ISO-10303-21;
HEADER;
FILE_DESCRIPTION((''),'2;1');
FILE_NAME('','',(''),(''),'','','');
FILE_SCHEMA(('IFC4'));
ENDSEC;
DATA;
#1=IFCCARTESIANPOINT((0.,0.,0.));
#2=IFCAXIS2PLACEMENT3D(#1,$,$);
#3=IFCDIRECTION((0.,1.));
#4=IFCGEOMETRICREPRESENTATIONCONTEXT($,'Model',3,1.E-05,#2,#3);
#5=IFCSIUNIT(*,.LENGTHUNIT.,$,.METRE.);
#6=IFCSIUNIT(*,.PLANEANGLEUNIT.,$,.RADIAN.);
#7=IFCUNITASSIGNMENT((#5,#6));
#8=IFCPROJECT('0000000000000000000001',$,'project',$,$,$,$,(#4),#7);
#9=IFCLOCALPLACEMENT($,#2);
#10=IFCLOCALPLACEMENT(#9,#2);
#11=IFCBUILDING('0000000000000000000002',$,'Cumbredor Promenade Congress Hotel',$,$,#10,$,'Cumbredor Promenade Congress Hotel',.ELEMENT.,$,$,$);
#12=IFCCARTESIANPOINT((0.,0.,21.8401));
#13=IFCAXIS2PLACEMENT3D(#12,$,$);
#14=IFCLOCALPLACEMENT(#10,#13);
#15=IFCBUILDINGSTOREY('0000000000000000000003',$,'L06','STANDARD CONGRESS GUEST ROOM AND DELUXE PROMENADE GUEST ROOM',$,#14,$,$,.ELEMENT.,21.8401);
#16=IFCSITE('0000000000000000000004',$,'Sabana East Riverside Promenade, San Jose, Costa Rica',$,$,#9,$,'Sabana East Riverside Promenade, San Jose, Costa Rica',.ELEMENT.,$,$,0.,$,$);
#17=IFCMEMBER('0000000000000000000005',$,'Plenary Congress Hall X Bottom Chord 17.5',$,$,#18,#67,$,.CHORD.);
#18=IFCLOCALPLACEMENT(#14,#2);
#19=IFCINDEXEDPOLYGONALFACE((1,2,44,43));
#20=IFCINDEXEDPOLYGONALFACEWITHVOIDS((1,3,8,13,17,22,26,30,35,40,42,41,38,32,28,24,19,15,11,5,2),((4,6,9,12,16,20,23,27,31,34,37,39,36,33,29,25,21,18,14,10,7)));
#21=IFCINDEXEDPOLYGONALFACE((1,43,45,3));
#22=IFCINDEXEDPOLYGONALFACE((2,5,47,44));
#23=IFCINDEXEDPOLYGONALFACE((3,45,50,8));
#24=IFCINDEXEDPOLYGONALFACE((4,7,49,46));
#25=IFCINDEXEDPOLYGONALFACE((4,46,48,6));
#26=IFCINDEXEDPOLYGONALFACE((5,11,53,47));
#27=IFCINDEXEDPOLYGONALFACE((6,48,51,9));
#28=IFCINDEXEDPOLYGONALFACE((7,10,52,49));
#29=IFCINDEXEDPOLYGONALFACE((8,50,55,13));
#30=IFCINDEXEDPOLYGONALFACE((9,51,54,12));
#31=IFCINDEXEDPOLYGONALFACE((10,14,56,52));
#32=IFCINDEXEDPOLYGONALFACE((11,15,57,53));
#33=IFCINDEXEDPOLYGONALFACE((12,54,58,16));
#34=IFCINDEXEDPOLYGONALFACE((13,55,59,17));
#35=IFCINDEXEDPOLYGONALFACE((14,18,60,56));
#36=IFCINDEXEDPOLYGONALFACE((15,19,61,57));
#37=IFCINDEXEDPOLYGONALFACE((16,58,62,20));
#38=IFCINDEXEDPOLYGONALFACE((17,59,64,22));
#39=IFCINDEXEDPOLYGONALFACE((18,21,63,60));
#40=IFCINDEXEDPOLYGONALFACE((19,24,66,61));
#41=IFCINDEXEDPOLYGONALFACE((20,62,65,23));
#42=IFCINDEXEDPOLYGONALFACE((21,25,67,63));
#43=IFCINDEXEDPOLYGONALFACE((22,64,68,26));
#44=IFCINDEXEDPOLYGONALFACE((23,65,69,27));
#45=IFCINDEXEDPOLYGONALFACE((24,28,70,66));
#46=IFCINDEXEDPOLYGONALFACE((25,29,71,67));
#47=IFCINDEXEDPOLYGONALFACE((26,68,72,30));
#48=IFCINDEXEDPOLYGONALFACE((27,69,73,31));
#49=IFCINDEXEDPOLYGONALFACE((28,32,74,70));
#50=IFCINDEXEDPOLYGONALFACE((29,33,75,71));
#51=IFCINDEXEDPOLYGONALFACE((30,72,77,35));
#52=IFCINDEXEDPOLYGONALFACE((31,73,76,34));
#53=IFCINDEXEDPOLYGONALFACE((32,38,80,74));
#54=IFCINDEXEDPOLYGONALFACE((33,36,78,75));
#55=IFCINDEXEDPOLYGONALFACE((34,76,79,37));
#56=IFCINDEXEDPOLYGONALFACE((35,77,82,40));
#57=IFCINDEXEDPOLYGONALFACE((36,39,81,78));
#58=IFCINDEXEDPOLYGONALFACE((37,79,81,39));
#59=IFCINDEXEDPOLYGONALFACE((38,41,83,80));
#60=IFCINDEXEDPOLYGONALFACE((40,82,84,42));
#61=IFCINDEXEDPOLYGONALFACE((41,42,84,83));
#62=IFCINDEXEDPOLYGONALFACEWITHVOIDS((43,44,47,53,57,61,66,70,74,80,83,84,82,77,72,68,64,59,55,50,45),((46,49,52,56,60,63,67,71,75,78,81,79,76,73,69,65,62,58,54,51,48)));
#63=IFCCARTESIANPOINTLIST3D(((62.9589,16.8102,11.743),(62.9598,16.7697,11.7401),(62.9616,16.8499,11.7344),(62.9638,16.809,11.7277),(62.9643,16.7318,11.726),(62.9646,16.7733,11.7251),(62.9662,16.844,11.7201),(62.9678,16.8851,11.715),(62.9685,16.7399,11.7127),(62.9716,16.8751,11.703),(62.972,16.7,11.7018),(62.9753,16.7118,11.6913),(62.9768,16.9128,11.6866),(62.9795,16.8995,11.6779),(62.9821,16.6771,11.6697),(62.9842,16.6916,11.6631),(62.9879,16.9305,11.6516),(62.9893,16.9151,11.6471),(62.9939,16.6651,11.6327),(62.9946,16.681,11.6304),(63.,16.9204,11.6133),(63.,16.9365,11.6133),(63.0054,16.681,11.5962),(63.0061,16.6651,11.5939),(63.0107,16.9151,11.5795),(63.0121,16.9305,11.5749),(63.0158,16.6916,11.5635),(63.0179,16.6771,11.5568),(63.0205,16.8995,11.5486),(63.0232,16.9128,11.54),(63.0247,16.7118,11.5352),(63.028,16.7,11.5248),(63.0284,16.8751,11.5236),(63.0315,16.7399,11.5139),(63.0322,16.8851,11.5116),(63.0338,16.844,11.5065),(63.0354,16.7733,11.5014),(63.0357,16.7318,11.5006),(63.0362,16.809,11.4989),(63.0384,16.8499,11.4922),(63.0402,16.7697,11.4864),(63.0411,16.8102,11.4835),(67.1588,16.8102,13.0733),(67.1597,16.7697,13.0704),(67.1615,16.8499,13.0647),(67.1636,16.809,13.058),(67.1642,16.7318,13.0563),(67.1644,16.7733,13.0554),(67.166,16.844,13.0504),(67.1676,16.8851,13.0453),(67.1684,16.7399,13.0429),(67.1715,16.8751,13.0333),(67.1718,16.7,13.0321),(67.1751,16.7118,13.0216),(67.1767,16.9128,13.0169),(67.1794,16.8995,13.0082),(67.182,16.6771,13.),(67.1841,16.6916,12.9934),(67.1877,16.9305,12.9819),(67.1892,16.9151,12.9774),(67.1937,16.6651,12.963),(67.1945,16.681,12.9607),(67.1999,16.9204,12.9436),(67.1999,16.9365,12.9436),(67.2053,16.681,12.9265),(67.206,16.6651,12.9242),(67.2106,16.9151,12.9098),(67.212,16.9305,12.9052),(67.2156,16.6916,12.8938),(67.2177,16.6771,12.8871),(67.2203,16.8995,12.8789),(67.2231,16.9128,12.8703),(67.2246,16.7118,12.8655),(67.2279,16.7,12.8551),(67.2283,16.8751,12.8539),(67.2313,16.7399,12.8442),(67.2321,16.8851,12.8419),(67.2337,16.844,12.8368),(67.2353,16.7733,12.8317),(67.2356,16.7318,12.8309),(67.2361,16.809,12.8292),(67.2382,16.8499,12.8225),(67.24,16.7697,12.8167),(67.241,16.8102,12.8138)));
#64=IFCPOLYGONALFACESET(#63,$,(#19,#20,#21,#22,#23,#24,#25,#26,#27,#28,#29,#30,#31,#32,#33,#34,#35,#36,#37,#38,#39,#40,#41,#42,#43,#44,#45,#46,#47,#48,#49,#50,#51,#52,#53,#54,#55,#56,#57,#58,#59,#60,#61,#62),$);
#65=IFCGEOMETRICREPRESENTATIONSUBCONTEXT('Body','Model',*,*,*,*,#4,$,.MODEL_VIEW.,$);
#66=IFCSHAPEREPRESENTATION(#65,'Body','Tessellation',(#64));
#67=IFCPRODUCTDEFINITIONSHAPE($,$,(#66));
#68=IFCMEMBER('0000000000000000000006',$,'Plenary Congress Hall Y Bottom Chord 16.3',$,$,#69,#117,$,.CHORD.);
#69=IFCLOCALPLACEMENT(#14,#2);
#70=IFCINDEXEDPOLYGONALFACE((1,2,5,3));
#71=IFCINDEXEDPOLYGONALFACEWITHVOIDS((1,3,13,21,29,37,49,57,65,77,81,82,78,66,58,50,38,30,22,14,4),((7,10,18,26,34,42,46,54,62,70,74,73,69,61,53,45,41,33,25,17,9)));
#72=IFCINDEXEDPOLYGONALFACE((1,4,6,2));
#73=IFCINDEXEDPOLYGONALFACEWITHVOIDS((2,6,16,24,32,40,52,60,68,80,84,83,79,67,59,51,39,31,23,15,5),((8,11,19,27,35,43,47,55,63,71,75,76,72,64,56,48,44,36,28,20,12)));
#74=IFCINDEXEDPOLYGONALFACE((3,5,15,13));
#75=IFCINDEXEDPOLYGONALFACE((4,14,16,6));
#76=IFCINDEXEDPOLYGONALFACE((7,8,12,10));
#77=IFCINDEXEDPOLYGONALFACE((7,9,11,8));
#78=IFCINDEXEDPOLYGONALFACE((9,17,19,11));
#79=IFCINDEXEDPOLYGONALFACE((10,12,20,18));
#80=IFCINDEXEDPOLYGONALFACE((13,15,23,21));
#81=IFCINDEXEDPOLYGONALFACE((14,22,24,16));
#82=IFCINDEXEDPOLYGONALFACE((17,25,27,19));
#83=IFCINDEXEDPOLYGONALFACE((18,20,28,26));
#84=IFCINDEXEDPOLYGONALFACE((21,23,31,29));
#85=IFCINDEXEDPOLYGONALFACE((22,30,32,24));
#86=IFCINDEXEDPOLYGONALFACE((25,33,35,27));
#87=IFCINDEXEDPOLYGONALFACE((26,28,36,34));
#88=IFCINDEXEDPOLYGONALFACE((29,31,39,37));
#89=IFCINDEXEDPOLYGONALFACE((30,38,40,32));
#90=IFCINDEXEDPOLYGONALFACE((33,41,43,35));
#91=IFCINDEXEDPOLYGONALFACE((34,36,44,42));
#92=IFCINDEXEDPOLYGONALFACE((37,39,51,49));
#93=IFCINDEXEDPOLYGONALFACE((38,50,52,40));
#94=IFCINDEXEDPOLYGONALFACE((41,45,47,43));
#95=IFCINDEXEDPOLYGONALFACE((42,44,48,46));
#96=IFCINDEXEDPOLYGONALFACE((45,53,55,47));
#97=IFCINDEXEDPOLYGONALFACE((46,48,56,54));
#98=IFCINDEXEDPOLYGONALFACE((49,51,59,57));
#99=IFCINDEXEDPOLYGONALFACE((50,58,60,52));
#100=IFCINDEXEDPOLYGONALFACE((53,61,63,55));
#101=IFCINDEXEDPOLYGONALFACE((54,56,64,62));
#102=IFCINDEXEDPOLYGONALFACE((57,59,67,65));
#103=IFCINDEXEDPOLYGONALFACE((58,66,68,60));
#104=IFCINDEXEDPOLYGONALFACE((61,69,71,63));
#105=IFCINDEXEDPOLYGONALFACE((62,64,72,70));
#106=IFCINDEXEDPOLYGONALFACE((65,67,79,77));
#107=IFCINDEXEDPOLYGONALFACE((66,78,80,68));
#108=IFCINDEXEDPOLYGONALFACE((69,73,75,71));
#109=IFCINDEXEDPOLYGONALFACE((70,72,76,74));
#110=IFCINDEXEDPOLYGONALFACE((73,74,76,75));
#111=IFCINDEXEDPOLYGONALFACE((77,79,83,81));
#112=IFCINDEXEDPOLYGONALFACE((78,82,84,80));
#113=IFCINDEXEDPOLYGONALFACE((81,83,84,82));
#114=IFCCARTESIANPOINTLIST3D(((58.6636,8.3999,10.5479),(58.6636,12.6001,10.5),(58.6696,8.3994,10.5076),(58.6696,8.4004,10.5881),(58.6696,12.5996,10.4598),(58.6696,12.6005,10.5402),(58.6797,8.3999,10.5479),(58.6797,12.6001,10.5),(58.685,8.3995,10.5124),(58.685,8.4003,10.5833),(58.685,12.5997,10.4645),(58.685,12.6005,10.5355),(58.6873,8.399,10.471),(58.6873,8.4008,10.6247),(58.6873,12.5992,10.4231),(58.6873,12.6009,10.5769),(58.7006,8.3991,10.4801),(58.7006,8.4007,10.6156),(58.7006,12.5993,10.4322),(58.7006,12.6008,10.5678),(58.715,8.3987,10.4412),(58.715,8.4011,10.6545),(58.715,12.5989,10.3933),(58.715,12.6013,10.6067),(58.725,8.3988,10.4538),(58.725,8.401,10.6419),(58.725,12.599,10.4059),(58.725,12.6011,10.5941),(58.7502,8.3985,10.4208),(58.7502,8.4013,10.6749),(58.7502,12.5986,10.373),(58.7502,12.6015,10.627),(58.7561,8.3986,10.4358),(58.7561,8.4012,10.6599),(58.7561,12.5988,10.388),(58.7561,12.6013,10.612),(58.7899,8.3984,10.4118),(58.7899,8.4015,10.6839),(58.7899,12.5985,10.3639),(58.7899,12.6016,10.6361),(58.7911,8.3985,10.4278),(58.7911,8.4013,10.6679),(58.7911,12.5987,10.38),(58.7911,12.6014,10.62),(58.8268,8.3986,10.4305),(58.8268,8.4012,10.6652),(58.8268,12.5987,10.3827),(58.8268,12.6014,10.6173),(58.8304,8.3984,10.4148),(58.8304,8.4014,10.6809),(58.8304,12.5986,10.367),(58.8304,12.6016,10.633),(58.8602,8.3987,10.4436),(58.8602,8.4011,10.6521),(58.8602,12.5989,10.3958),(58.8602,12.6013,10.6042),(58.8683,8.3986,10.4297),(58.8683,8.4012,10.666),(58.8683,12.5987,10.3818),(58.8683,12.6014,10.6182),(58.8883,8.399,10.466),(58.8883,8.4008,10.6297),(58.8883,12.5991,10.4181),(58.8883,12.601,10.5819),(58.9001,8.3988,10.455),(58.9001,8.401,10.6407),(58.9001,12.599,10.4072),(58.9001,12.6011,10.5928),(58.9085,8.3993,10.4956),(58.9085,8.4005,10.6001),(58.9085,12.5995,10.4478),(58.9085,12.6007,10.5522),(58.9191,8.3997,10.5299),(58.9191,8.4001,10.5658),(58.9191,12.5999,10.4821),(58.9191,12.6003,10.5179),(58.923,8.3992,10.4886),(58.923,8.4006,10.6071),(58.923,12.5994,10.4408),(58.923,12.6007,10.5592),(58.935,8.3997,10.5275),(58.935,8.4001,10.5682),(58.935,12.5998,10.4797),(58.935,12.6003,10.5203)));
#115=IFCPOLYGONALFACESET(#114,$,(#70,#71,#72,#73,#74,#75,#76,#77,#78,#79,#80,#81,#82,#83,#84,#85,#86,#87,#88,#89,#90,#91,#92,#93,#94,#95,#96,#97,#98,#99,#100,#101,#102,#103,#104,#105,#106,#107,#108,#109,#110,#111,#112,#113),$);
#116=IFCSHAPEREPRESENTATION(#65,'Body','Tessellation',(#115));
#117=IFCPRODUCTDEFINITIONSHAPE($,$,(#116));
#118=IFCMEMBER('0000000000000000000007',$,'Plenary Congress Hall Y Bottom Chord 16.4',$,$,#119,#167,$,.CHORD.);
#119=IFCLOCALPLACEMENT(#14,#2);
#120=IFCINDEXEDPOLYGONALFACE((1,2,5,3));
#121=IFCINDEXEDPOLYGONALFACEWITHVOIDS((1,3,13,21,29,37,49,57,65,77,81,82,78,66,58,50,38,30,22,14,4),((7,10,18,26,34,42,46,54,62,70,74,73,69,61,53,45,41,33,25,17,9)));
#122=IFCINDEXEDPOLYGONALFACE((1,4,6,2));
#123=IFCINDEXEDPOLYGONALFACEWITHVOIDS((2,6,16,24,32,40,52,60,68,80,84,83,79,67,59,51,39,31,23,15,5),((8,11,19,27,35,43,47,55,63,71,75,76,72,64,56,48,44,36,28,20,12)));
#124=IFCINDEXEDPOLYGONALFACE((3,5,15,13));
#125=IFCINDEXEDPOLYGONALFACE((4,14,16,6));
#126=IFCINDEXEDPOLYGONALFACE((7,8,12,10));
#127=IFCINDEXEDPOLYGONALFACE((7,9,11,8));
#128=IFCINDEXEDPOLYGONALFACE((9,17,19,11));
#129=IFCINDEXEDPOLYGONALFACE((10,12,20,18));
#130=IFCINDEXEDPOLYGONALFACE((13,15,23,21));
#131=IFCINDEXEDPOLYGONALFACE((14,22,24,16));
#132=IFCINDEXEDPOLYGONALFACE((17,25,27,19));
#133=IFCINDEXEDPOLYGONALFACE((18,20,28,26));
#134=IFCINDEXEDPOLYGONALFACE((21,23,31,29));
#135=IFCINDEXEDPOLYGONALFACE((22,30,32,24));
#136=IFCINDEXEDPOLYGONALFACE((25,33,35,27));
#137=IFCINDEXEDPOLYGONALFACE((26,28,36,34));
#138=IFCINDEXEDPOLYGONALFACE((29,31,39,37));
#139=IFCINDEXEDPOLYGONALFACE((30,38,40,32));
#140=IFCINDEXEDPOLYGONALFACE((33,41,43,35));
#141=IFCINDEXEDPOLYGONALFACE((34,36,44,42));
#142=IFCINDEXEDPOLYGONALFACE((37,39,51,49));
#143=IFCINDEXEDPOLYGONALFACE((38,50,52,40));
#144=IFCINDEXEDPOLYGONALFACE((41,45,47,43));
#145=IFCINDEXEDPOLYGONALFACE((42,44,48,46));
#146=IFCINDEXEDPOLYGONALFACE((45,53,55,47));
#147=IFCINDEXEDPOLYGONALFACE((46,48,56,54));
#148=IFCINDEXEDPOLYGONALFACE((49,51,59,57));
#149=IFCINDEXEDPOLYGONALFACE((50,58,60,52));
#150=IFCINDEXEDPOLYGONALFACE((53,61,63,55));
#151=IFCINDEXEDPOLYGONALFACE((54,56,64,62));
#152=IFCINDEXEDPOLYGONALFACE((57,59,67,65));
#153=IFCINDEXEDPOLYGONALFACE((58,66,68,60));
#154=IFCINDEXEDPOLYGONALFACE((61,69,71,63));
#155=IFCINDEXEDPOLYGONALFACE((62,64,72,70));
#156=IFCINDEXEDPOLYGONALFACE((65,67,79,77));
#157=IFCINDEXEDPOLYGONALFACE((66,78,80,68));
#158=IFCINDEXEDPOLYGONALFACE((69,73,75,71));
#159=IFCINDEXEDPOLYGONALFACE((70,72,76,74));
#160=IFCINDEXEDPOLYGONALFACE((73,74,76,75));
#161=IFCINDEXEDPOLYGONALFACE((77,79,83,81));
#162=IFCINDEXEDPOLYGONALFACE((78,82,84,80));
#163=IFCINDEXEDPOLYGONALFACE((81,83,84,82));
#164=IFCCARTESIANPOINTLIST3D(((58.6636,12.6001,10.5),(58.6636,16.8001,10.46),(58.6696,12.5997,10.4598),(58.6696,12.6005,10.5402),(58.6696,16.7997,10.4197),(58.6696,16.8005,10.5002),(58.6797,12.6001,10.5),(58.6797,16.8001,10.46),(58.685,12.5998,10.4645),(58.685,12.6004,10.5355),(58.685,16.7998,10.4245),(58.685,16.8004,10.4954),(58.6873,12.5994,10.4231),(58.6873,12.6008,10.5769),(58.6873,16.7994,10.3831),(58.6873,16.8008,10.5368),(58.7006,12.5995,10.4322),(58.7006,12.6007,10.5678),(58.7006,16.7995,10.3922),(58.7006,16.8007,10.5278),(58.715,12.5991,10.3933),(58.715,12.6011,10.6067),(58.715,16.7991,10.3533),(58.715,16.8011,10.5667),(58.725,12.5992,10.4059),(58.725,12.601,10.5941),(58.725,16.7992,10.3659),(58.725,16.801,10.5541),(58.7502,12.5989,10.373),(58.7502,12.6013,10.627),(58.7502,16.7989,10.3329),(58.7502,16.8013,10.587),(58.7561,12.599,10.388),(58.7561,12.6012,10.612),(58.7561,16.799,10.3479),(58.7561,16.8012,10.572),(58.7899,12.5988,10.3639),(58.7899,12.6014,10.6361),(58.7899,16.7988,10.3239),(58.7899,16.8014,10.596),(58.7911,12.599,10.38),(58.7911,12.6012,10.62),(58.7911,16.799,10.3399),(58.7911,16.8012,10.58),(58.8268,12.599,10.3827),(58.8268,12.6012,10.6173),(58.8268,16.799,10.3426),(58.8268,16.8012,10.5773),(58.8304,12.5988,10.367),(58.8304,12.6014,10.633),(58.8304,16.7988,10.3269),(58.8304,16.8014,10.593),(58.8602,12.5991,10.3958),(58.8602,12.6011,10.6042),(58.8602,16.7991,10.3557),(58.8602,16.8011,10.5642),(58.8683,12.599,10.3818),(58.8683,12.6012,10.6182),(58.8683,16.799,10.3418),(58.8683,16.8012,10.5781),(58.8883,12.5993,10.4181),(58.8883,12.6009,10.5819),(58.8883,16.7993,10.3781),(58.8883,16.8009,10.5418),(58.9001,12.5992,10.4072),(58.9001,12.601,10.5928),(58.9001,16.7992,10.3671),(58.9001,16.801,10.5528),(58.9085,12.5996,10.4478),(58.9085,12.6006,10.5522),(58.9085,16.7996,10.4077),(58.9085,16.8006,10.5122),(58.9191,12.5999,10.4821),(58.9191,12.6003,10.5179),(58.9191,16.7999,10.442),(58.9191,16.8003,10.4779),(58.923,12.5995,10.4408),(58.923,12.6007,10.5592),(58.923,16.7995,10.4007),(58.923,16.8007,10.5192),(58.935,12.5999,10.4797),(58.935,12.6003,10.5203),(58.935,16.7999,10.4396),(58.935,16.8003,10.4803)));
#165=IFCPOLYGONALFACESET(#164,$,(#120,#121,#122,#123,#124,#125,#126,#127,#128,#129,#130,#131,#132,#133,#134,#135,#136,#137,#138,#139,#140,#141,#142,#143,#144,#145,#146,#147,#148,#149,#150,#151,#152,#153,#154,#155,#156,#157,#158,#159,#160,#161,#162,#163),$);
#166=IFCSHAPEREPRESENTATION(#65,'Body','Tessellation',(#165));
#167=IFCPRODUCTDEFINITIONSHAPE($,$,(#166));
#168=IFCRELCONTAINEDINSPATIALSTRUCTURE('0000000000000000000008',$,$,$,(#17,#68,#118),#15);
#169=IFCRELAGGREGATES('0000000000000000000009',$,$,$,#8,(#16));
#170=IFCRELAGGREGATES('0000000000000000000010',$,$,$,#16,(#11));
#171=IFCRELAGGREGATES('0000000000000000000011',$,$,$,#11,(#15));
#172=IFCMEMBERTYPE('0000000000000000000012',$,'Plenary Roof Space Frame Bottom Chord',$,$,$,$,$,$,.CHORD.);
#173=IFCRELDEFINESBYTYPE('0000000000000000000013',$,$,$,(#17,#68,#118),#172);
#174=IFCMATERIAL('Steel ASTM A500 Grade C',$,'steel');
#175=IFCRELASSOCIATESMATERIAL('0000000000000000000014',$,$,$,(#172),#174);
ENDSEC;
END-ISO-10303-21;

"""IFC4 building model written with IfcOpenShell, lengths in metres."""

from ifc_helpers import new_model, si_unit, direction, frame, origin, origin_2d, place, context, subcontext, project, spatial, hollow_circle, extrude, material, material_profile, profile_set, type_object, element, save


model = new_model("IFC4")

# Units and contexts
model_context = context("Model", 3, precision=1e-05, world=origin(), true_north=direction((0.0, 1.0)))
body_context = subcontext(model_context, "Body", "Model", "MODEL_VIEW")
ifc_project = project(units=[si_unit("LENGTHUNIT", "METRE"), si_unit("PLANEANGLEUNIT", "RADIAN")], contexts=[model_context])

# Site, building, storey
site_placement = place(None, origin())
site = spatial("IfcSite", under=ifc_project, at=site_placement, Name="Sabana East Riverside Promenade, San Jose, Costa Rica", LongName="Sabana East Riverside Promenade, San Jose, Costa Rica", CompositionType="ELEMENT", RefElevation=0.0)
building_placement = place(site_placement, origin())
building = spatial("IfcBuilding", under=site, at=building_placement, Name="Cumbredor Promenade Congress Hotel", LongName="Cumbredor Promenade Congress Hotel", CompositionType="ELEMENT")
storey_placement = place(building_placement, frame((0.0, 0.0, 21.8401)))
storey = spatial("IfcBuildingStorey", under=building, at=storey_placement, Name="L06", Description="STANDARD CONGRESS GUEST ROOM AND DELUXE PROMENADE GUEST ROOM", CompositionType="ELEMENT", Elevation=21.8401)

# Members
ifc_material_1 = material(Name="Steel ASTM A500 Grade C", Category="steel")
ifc_material_profile_1 = material_profile(ifc_material_1, hollow_circle(Radius=0.1365, WallThickness=0.0161, at=origin_2d()), Name="CHS 273.0x16")
ifc_profile_set_1 = profile_set([ifc_material_profile_1], Name="Steel ASTM A500 Grade C")
member_type_1 = type_object("IfcMemberType", Name="Plenary Roof Space Frame Bottom Chord", PredefinedType="CHORD", material=ifc_profile_set_1)
member_1_placement = place(storey_placement, frame((63.0, 16.8, 11.6133), z_axis=(0.95332, 0.0, 0.301961), x_axis=(0.0, 1.0, 0.0)))
element("IfcMember", 1, at=member_1_placement, inside=storey, type_object=member_type_1, Name="Plenary Congress Hall X Bottom Chord 17.5", PredefinedType="CHORD", context=body_context, shape_type="SweptSolid", body=[
    extrude(hollow_circle(Radius=0.1365, WallThickness=0.0161, at=origin_2d()), origin(), (0.0, 0.0, 1.0), 4.4055),
])
member_2_placement = place(storey_placement, frame((58.8, 8.3999, 10.5479), z_axis=(0.0, 0.999935, -0.011392), x_axis=(-1.0, 0.0, 0.0)))
element("IfcMember", 2, at=member_2_placement, inside=storey, type_object=member_type_1, Name="Plenary Congress Hall Y Bottom Chord 16.3", PredefinedType="CHORD", context=body_context, shape_type="SweptSolid", body=[
    extrude(hollow_circle(Radius=0.1365, WallThickness=0.0161, at=origin_2d()), origin(), (0.0, 0.0, 1.0), 4.2004),
])
member_3_placement = place(storey_placement, frame((58.8, 12.6001, 10.5), z_axis=(0.0, 0.999955, -0.009533), x_axis=(-1.0, 0.0, 0.0)))
element("IfcMember", 3, at=member_3_placement, inside=storey, type_object=member_type_1, Name="Plenary Congress Hall Y Bottom Chord 16.4", PredefinedType="CHORD", context=body_context, shape_type="SweptSolid", body=[
    extrude(hollow_circle(Radius=0.1365, WallThickness=0.0161, at=origin_2d()), origin(), (0.0, 0.0, 1.0), 4.2002),
])

save(model, "model.ifc")
